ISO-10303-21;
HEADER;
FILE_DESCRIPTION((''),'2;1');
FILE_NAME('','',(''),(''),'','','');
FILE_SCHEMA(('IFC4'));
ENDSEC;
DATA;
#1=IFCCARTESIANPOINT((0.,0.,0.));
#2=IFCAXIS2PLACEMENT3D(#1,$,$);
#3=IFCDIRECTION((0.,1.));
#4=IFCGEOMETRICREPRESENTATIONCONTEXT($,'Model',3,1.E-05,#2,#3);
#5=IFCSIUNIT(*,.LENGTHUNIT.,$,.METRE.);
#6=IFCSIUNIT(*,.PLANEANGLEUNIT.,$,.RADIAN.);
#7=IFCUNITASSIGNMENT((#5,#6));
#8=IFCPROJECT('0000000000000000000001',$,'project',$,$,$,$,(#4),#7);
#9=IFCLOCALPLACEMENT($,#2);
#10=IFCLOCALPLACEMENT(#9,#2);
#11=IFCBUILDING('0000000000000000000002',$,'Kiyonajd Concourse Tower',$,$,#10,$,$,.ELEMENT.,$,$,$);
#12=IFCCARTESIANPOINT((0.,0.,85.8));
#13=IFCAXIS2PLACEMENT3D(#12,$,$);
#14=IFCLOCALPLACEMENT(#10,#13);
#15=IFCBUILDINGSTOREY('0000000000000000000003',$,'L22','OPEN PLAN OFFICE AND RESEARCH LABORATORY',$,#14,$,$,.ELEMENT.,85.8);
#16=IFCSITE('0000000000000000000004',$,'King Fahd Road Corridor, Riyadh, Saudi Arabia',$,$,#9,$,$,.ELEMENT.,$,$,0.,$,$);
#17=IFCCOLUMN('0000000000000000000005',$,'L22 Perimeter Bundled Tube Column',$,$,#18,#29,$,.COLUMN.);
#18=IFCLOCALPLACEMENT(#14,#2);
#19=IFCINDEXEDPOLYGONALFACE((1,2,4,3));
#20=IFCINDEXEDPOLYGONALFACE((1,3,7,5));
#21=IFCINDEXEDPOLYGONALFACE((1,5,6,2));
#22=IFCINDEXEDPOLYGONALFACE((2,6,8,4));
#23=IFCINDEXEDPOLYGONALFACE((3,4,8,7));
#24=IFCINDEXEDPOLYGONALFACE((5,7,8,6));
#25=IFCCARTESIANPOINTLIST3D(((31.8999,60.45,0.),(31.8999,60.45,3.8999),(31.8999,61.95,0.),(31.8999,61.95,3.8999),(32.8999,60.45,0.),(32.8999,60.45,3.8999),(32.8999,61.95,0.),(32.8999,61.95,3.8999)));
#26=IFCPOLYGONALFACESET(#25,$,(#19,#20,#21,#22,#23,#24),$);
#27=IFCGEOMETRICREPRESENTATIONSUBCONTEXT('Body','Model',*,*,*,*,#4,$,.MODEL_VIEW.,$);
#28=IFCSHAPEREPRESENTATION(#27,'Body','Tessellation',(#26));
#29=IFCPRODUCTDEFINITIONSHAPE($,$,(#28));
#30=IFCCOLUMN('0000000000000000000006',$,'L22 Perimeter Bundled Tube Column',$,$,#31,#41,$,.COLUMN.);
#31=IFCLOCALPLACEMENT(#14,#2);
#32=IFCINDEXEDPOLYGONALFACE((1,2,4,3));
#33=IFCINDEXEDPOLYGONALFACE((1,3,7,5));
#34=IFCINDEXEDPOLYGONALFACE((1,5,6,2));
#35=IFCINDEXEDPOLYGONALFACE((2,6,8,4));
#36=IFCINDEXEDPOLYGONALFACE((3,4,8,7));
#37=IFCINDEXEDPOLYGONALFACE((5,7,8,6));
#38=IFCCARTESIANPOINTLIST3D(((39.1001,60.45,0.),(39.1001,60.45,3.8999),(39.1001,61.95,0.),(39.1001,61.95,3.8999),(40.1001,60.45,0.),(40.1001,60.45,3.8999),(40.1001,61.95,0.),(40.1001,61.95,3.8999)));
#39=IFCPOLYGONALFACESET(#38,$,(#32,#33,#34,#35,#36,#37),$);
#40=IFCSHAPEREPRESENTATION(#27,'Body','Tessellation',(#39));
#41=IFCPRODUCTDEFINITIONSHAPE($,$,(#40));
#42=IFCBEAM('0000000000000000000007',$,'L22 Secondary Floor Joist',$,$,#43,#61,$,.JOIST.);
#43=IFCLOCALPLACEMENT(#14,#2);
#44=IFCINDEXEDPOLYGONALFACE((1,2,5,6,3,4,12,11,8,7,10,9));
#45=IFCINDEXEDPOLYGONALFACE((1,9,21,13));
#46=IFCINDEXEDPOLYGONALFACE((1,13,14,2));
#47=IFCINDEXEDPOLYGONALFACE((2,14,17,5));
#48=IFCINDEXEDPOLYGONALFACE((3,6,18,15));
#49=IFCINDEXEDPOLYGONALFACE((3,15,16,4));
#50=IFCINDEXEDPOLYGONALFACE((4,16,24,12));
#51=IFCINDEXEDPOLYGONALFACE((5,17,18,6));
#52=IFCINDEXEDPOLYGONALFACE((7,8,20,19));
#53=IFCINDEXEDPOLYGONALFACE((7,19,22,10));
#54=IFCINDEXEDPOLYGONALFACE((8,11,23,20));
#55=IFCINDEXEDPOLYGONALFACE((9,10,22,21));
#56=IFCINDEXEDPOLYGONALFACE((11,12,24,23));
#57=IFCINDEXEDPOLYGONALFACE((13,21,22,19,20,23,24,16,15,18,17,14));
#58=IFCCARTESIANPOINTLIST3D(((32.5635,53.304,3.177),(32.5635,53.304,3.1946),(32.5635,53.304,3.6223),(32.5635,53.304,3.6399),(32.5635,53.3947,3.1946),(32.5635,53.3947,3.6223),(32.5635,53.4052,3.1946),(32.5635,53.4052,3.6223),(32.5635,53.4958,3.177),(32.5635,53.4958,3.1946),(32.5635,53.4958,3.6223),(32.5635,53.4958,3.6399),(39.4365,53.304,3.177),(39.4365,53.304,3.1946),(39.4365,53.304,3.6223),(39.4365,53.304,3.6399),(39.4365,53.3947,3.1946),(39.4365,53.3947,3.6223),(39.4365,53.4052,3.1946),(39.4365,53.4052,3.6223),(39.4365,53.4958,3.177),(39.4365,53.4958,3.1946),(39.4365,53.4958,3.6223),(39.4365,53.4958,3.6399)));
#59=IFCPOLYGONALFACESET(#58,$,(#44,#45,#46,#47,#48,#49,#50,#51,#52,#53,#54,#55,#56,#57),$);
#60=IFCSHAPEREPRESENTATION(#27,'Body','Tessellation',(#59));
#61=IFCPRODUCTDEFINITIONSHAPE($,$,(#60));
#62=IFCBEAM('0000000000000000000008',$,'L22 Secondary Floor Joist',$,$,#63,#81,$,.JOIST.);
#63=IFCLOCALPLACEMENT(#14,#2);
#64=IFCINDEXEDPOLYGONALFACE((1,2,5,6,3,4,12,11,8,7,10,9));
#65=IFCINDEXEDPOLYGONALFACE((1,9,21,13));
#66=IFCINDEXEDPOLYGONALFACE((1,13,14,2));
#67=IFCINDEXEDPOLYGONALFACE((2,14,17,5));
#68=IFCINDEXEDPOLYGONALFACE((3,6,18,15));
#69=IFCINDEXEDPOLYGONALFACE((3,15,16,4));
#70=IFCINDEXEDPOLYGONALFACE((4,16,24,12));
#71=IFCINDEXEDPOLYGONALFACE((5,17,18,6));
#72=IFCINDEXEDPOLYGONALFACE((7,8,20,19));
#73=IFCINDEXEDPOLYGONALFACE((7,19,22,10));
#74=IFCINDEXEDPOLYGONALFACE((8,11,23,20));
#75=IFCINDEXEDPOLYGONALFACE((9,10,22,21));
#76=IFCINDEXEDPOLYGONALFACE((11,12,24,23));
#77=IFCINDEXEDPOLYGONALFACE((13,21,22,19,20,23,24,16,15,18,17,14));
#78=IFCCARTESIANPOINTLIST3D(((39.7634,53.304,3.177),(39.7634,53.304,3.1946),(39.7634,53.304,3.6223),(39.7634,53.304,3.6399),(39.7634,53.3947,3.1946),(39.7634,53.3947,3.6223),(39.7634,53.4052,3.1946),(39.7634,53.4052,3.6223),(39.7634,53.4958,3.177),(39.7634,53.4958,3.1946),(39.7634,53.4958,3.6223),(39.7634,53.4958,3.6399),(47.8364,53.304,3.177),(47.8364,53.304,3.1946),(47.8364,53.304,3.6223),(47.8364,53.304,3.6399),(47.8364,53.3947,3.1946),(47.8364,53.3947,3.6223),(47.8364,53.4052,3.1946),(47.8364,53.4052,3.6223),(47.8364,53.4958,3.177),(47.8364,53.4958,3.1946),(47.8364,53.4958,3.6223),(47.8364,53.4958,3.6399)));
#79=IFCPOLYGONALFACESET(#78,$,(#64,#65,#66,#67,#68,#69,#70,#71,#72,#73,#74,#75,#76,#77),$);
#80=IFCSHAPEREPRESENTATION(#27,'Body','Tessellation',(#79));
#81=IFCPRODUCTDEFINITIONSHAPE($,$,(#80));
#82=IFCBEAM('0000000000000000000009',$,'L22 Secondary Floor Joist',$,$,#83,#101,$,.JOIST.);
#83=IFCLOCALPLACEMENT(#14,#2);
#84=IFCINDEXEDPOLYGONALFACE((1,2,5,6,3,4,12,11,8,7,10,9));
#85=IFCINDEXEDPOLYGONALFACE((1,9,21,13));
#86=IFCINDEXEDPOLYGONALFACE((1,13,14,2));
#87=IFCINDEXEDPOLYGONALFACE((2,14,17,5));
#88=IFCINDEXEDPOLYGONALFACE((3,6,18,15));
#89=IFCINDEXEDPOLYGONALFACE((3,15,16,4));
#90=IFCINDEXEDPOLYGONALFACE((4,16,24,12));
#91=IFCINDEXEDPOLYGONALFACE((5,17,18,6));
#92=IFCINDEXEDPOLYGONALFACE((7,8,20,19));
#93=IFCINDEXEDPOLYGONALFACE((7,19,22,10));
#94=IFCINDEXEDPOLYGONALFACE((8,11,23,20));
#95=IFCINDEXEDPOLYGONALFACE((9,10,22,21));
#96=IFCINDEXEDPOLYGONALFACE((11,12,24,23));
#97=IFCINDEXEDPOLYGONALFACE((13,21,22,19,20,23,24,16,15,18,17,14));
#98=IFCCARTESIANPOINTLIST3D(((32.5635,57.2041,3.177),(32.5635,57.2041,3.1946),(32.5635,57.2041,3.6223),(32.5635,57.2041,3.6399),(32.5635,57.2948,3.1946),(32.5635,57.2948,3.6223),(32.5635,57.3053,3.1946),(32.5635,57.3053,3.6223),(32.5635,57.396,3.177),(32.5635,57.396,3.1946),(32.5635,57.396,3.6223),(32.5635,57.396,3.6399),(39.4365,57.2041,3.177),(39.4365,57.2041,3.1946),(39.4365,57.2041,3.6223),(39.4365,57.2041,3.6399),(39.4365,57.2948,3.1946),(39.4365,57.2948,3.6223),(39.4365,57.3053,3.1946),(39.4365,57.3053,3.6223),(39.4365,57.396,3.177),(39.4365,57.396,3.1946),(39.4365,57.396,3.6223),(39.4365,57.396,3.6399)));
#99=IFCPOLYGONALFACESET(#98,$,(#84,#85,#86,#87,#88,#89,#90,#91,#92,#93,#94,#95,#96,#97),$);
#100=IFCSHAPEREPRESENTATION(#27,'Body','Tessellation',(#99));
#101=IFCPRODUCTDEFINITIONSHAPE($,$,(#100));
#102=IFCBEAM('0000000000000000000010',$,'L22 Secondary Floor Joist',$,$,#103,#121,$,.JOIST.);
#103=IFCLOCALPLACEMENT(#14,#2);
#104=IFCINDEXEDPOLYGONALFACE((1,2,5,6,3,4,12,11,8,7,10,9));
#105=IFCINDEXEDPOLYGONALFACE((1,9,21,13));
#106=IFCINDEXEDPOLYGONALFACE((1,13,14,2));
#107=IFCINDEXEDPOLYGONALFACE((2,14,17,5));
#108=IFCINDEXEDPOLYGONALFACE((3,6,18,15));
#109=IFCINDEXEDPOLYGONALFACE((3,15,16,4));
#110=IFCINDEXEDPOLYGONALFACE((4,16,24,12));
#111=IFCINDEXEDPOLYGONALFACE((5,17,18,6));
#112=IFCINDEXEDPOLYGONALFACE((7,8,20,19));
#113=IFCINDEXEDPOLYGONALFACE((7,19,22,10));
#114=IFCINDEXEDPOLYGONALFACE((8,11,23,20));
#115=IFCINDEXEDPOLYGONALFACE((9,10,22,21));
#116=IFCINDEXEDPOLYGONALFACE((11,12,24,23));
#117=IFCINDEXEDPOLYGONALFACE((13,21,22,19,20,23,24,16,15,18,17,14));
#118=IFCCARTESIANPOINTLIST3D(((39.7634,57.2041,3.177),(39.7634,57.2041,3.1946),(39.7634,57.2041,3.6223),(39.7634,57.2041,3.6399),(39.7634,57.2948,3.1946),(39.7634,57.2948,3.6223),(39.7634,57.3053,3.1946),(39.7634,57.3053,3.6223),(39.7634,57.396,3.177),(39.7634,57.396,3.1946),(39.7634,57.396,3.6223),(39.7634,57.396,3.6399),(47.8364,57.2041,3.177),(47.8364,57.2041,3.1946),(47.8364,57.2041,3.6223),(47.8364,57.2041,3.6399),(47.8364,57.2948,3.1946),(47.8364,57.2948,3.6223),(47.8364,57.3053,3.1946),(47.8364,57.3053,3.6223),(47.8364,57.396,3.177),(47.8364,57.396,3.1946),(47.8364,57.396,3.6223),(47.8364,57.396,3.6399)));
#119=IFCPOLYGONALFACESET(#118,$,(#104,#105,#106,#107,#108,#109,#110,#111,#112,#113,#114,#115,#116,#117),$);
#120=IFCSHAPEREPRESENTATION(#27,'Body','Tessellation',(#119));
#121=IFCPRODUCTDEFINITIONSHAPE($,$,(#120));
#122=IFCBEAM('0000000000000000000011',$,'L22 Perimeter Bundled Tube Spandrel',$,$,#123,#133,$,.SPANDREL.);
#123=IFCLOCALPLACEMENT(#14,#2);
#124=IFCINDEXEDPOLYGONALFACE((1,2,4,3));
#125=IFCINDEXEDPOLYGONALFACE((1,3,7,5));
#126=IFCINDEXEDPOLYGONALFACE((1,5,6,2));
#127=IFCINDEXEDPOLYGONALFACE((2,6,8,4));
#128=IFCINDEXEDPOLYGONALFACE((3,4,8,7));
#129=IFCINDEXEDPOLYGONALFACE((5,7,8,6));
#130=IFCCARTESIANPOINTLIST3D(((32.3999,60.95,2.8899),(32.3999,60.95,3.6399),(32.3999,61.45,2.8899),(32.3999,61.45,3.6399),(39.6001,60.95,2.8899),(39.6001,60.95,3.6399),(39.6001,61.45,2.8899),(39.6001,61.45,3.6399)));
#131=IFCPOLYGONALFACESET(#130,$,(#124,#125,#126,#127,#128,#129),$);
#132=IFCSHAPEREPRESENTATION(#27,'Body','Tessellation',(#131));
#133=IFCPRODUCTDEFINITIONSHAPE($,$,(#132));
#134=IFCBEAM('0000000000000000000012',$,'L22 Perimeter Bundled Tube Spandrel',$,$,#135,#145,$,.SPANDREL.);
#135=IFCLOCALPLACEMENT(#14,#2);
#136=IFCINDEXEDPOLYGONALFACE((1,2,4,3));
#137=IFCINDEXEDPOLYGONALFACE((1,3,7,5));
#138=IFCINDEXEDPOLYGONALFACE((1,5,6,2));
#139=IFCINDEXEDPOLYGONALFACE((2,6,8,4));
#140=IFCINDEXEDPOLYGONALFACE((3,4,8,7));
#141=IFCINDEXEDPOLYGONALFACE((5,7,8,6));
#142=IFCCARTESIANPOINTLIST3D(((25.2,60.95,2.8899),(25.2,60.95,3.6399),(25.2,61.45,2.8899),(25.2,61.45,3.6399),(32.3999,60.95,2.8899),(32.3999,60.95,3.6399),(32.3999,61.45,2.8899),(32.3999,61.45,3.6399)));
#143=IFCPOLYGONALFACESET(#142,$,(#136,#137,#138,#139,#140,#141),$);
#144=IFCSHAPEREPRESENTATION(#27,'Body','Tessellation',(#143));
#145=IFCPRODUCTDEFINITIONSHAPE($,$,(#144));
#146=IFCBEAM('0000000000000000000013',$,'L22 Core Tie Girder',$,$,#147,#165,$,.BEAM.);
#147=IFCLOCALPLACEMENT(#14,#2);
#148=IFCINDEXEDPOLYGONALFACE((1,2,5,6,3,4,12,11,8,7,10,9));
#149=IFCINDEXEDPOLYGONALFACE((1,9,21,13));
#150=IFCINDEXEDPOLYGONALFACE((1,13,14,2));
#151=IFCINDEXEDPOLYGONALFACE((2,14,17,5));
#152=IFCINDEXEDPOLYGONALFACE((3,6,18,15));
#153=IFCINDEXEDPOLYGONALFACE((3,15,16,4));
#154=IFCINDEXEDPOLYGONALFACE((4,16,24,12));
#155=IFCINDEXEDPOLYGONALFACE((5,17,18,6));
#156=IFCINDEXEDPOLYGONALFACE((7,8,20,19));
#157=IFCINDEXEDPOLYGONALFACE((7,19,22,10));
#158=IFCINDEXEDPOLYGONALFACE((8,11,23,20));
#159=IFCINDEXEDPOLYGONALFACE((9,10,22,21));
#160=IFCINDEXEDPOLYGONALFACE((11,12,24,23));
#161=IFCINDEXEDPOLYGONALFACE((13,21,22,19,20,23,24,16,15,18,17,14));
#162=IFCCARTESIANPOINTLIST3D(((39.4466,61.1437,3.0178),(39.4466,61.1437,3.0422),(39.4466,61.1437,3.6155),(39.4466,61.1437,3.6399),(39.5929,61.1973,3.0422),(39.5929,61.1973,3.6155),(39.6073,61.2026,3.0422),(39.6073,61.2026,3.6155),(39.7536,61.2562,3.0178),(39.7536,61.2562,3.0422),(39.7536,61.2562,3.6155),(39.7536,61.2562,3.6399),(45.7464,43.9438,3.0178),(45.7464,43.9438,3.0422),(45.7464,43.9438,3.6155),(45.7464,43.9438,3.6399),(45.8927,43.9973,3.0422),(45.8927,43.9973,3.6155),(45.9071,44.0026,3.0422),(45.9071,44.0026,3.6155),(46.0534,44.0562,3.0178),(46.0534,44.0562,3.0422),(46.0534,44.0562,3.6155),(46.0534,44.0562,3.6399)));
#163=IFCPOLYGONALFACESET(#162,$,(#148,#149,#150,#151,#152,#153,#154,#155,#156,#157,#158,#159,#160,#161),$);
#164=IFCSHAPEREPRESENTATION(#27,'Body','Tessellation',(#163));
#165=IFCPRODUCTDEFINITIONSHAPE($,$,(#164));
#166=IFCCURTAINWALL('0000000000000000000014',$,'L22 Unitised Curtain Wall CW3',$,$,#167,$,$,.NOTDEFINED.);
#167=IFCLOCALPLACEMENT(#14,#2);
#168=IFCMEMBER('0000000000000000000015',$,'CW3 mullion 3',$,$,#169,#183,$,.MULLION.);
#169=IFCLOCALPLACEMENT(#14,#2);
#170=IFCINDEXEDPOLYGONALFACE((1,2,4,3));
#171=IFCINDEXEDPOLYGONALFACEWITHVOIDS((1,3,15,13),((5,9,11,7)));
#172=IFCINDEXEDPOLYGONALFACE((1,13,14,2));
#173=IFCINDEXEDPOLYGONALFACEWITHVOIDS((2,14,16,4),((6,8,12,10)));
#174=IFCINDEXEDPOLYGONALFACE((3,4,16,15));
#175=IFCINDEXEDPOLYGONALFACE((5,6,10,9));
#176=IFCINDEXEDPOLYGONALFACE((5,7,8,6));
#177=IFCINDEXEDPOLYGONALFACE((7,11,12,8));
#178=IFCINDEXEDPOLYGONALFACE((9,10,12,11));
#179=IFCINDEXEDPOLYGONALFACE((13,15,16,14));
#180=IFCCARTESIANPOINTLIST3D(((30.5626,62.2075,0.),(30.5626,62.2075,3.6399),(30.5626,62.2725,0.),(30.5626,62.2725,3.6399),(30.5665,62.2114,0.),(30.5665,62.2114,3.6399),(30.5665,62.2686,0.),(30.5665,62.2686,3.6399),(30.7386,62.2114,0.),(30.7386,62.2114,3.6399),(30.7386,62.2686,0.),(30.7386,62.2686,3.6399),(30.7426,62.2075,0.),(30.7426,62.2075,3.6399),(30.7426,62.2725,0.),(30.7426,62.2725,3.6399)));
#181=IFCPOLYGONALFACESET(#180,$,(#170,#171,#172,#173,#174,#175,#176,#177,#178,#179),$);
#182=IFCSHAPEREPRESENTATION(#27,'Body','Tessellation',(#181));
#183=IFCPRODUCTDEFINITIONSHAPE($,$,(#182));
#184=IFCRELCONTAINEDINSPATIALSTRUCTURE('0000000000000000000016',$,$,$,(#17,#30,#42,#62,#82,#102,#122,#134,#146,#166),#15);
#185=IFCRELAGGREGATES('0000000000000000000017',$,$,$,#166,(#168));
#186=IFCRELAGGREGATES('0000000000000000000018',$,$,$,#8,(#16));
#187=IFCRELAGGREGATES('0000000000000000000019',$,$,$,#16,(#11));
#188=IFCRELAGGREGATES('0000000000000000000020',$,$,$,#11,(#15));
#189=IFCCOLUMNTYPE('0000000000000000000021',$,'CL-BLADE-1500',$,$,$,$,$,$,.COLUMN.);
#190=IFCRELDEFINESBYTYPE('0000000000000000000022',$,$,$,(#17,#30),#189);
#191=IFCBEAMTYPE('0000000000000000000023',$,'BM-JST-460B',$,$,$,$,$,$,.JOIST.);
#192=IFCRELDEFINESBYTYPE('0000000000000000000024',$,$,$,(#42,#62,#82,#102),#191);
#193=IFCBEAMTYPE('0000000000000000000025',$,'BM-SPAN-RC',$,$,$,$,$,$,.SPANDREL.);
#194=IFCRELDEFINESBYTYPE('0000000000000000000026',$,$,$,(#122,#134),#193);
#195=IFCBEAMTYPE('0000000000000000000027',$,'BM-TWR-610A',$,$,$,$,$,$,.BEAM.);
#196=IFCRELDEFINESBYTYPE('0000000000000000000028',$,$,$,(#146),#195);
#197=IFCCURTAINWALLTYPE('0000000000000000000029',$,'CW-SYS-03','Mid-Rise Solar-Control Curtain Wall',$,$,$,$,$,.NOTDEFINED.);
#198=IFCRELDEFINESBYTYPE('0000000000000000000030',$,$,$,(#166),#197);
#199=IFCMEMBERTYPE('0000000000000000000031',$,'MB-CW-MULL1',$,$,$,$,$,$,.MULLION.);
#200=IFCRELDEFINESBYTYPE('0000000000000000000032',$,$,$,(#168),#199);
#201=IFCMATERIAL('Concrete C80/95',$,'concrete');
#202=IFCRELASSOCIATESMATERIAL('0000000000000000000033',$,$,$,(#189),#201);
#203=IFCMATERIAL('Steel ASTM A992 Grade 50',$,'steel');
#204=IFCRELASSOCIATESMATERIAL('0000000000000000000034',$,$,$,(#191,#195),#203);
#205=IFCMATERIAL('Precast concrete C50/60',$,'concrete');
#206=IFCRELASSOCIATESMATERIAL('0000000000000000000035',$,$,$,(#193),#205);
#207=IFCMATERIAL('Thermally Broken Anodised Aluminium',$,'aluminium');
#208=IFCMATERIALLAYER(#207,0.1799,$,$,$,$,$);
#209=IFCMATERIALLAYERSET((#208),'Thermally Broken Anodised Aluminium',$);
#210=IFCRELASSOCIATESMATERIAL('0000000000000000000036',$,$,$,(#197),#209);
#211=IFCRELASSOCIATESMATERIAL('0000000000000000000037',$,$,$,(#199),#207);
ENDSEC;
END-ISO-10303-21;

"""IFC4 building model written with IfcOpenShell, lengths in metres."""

from ifc_helpers import new_model, si_unit, direction, frame, origin, origin_2d, place, context, subcontext, project, spatial, rectangle, hollow_rectangle, i_section, extrude, material, layer, layer_set, material_profile, profile_set, type_object, element, aggregate, save


model = new_model("IFC4")

# Units and contexts
model_context = context("Model", 3, precision=1e-05, world=origin(), true_north=direction((0.0, 1.0)))
body_context = subcontext(model_context, "Body", "Model", "MODEL_VIEW")
ifc_project = project(units=[si_unit("LENGTHUNIT", "METRE"), si_unit("PLANEANGLEUNIT", "RADIAN")], contexts=[model_context])

# Site, building, storey
site_placement = place(None, origin())
site = spatial("IfcSite", under=ifc_project, at=site_placement, Name="King Fahd Road Corridor, Riyadh, Saudi Arabia", CompositionType="ELEMENT", RefElevation=0.0)
building_placement = place(site_placement, origin())
building = spatial("IfcBuilding", under=site, at=building_placement, Name="Kiyonajd Concourse Tower", CompositionType="ELEMENT")
storey_placement = place(building_placement, frame((0.0, 0.0, 85.8)))
storey = spatial("IfcBuildingStorey", under=building, at=storey_placement, Name="L22", Description="OPEN PLAN OFFICE AND RESEARCH LABORATORY", CompositionType="ELEMENT", Elevation=85.8)

# Columns
ifc_material_1 = material(Name="Concrete C80/95", Category="concrete")
ifc_material_profile_1 = material_profile(ifc_material_1, rectangle(XDim=1.0, YDim=1.5, at=origin_2d()), Name="RC-1500x1000")
ifc_profile_set_1 = profile_set([ifc_material_profile_1], Name="Concrete C80/95")
column_type = type_object("IfcColumnType", Name="CL-BLADE-1500", PredefinedType="COLUMN", material=ifc_profile_set_1)
for number, where, z_axis, x_axis, name in (
    (1, (32.3999, 61.2, 0.0), (0.0, 0.0, 1.0), (1.0, 0.0, 0.0), "L22 Perimeter Bundled Tube Column"),
    (2, (39.6001, 61.2, 0.0), (0.0, 0.0, 1.0), (1.0, 0.0, 0.0), "L22 Perimeter Bundled Tube Column"),
):
    element("IfcColumn", number, at=place(storey_placement, frame(where, z_axis=z_axis, x_axis=x_axis)), inside=storey, type_object=column_type, Name=name, PredefinedType="COLUMN", context=body_context, shape_type="SweptSolid", body=[
        extrude(rectangle(XDim=1.0, YDim=1.5, at=origin_2d()), origin(), (0.0, 0.0, 1.0), 3.8999),
    ])

# Beams
ifc_material_2 = material(Name="Steel ASTM A992 Grade 50", Category="steel")
ifc_material_profile_2 = material_profile(ifc_material_2, i_section(OverallWidth=0.1919, OverallDepth=0.4629, WebThickness=0.0105, FlangeThickness=0.0176, at=origin_2d()), Name="W460X89")
ifc_profile_set_2 = profile_set([ifc_material_profile_2], Name="Steel ASTM A992 Grade 50")
beam_type_1 = type_object("IfcBeamType", Name="BM-JST-460B", PredefinedType="JOIST", material=ifc_profile_set_2)
beam_1_placement = place(storey_placement, frame((32.5635, 53.3999, 3.4084), z_axis=(1.0, 0.0, 0.0), x_axis=(0.0, 1.0, 0.0)))
element("IfcBeam", 3, at=beam_1_placement, inside=storey, type_object=beam_type_1, Name="L22 Secondary Floor Joist", PredefinedType="JOIST", context=body_context, shape_type="SweptSolid", body=[
    extrude(i_section(OverallWidth=0.1919, OverallDepth=0.4629, WebThickness=0.0105, FlangeThickness=0.0176, at=origin_2d()), origin(), (0.0, 0.0, 1.0), 6.873),
])
beam_2_placement = place(storey_placement, frame((39.7634, 53.3999, 3.4084), z_axis=(1.0, 0.0, 0.0), x_axis=(0.0, 1.0, 0.0)))
element("IfcBeam", 4, at=beam_2_placement, inside=storey, type_object=beam_type_1, Name="L22 Secondary Floor Joist", PredefinedType="JOIST", context=body_context, shape_type="SweptSolid", body=[
    extrude(i_section(OverallWidth=0.1919, OverallDepth=0.4629, WebThickness=0.0105, FlangeThickness=0.0176, at=origin_2d()), origin(), (0.0, 0.0, 1.0), 8.073),
])
beam_3_placement = place(storey_placement, frame((32.5635, 57.3, 3.4084), z_axis=(1.0, 0.0, 0.0), x_axis=(0.0, 1.0, 0.0)))
element("IfcBeam", 5, at=beam_3_placement, inside=storey, type_object=beam_type_1, Name="L22 Secondary Floor Joist", PredefinedType="JOIST", context=body_context, shape_type="SweptSolid", body=[
    extrude(i_section(OverallWidth=0.1919, OverallDepth=0.4629, WebThickness=0.0105, FlangeThickness=0.0176, at=origin_2d()), origin(), (0.0, 0.0, 1.0), 6.873),
])
beam_4_placement = place(storey_placement, frame((39.7634, 57.3, 3.4084), z_axis=(1.0, 0.0, 0.0), x_axis=(0.0, 1.0, 0.0)))
element("IfcBeam", 6, at=beam_4_placement, inside=storey, type_object=beam_type_1, Name="L22 Secondary Floor Joist", PredefinedType="JOIST", context=body_context, shape_type="SweptSolid", body=[
    extrude(i_section(OverallWidth=0.1919, OverallDepth=0.4629, WebThickness=0.0105, FlangeThickness=0.0176, at=origin_2d()), origin(), (0.0, 0.0, 1.0), 8.073),
])
ifc_material_3 = material(Name="Precast concrete C50/60", Category="concrete")
ifc_material_profile_3 = material_profile(ifc_material_3, rectangle(XDim=0.5, YDim=0.75, at=origin_2d()), Name="RCBM-500x750")
ifc_profile_set_3 = profile_set([ifc_material_profile_3], Name="Precast concrete C50/60")
beam_type_2 = type_object("IfcBeamType", Name="BM-SPAN-RC", PredefinedType="SPANDREL", material=ifc_profile_set_3)
beam_5_placement = place(storey_placement, frame((39.6001, 61.2, 3.2649), z_axis=(-1.0, 0.0, 0.0), x_axis=(0.0, -1.0, 0.0)))
element("IfcBeam", 7, at=beam_5_placement, inside=storey, type_object=beam_type_2, Name="L22 Perimeter Bundled Tube Spandrel", PredefinedType="SPANDREL", context=body_context, shape_type="SweptSolid", body=[
    extrude(rectangle(XDim=0.5, YDim=0.75, at=origin_2d()), origin(), (0.0, 0.0, 1.0), 7.2002),
])
beam_6_placement = place(storey_placement, frame((32.3999, 61.2, 3.2649), z_axis=(-1.0, 0.0, 0.0), x_axis=(0.0, -1.0, 0.0)))
element("IfcBeam", 8, at=beam_6_placement, inside=storey, type_object=beam_type_2, Name="L22 Perimeter Bundled Tube Spandrel", PredefinedType="SPANDREL", context=body_context, shape_type="SweptSolid", body=[
    extrude(rectangle(XDim=0.5, YDim=0.75, at=origin_2d()), origin(), (0.0, 0.0, 1.0), 7.2),
])
ifc_material_profile_4 = material_profile(ifc_material_2, i_section(OverallWidth=0.3269, OverallDepth=0.6221, WebThickness=0.0154, FlangeThickness=0.0244, at=origin_2d()), Name="W610X195")
ifc_profile_set_4 = profile_set([ifc_material_profile_4], Name="Steel ASTM A992 Grade 50")
beam_type_3 = type_object("IfcBeamType", Name="BM-TWR-610A", PredefinedType="BEAM", material=ifc_profile_set_4)
beam_7_placement = place(storey_placement, frame((39.6001, 61.2, 3.3289), z_axis=(0.343925, -0.938997, 0.0), x_axis=(0.938997, 0.343925, 0.0)))
element("IfcBeam", 9, at=beam_7_placement, inside=storey, type_object=beam_type_3, Name="L22 Core Tie Girder", PredefinedType="BEAM", context=body_context, shape_type="SweptSolid", body=[
    extrude(i_section(OverallWidth=0.3269, OverallDepth=0.6221, WebThickness=0.0154, FlangeThickness=0.0244, at=origin_2d()), origin(), (0.0, 0.0, 1.0), 18.3174),
])

# Curtain wall, member
ifc_material_4 = material(Name="Thermally Broken Anodised Aluminium", Category="aluminium")
ifc_layer_1 = layer(ifc_material_4, 0.1799)
ifc_layer_set_1 = layer_set([ifc_layer_1], Name="Thermally Broken Anodised Aluminium")
curtain_wall_type = type_object("IfcCurtainWallType", Name="CW-SYS-03", Description="Mid-Rise Solar-Control Curtain Wall", PredefinedType="NOTDEFINED", material=ifc_layer_set_1)
curtain_wall_placement = place(storey_placement, origin())
curtain_wall = element("IfcCurtainWall", 10, at=curtain_wall_placement, inside=storey, type_object=curtain_wall_type, Name="L22 Unitised Curtain Wall CW3", PredefinedType="NOTDEFINED")
ifc_material_profile_5 = material_profile(ifc_material_4, hollow_rectangle(XDim=0.0649, YDim=0.1799, WallThickness=0.0039, at=origin_2d()), Name="MULL-65x180")
ifc_profile_set_5 = profile_set([ifc_material_profile_5], Name="Thermally Broken Anodised Aluminium")
member_type_1 = type_object("IfcMemberType", Name="MB-CW-MULL1", PredefinedType="MULLION", material=ifc_profile_set_5)
member_1_placement = place(storey_placement, frame((30.6526, 62.24, 0.0), z_axis=(0.0, 0.0, 1.0), x_axis=(0.0, 1.0, 0.0)))
member_1 = element("IfcMember", 11, at=member_1_placement, type_object=member_type_1, Name="CW3 mullion 3", PredefinedType="MULLION", context=body_context, shape_type="SweptSolid", body=[
    extrude(hollow_rectangle(XDim=0.0649, YDim=0.1799, WallThickness=0.0039, at=origin_2d()), origin(), (0.0, 0.0, 1.0), 3.6399),
])
aggregate(curtain_wall, [member_1])

save(model, "model.ifc")
